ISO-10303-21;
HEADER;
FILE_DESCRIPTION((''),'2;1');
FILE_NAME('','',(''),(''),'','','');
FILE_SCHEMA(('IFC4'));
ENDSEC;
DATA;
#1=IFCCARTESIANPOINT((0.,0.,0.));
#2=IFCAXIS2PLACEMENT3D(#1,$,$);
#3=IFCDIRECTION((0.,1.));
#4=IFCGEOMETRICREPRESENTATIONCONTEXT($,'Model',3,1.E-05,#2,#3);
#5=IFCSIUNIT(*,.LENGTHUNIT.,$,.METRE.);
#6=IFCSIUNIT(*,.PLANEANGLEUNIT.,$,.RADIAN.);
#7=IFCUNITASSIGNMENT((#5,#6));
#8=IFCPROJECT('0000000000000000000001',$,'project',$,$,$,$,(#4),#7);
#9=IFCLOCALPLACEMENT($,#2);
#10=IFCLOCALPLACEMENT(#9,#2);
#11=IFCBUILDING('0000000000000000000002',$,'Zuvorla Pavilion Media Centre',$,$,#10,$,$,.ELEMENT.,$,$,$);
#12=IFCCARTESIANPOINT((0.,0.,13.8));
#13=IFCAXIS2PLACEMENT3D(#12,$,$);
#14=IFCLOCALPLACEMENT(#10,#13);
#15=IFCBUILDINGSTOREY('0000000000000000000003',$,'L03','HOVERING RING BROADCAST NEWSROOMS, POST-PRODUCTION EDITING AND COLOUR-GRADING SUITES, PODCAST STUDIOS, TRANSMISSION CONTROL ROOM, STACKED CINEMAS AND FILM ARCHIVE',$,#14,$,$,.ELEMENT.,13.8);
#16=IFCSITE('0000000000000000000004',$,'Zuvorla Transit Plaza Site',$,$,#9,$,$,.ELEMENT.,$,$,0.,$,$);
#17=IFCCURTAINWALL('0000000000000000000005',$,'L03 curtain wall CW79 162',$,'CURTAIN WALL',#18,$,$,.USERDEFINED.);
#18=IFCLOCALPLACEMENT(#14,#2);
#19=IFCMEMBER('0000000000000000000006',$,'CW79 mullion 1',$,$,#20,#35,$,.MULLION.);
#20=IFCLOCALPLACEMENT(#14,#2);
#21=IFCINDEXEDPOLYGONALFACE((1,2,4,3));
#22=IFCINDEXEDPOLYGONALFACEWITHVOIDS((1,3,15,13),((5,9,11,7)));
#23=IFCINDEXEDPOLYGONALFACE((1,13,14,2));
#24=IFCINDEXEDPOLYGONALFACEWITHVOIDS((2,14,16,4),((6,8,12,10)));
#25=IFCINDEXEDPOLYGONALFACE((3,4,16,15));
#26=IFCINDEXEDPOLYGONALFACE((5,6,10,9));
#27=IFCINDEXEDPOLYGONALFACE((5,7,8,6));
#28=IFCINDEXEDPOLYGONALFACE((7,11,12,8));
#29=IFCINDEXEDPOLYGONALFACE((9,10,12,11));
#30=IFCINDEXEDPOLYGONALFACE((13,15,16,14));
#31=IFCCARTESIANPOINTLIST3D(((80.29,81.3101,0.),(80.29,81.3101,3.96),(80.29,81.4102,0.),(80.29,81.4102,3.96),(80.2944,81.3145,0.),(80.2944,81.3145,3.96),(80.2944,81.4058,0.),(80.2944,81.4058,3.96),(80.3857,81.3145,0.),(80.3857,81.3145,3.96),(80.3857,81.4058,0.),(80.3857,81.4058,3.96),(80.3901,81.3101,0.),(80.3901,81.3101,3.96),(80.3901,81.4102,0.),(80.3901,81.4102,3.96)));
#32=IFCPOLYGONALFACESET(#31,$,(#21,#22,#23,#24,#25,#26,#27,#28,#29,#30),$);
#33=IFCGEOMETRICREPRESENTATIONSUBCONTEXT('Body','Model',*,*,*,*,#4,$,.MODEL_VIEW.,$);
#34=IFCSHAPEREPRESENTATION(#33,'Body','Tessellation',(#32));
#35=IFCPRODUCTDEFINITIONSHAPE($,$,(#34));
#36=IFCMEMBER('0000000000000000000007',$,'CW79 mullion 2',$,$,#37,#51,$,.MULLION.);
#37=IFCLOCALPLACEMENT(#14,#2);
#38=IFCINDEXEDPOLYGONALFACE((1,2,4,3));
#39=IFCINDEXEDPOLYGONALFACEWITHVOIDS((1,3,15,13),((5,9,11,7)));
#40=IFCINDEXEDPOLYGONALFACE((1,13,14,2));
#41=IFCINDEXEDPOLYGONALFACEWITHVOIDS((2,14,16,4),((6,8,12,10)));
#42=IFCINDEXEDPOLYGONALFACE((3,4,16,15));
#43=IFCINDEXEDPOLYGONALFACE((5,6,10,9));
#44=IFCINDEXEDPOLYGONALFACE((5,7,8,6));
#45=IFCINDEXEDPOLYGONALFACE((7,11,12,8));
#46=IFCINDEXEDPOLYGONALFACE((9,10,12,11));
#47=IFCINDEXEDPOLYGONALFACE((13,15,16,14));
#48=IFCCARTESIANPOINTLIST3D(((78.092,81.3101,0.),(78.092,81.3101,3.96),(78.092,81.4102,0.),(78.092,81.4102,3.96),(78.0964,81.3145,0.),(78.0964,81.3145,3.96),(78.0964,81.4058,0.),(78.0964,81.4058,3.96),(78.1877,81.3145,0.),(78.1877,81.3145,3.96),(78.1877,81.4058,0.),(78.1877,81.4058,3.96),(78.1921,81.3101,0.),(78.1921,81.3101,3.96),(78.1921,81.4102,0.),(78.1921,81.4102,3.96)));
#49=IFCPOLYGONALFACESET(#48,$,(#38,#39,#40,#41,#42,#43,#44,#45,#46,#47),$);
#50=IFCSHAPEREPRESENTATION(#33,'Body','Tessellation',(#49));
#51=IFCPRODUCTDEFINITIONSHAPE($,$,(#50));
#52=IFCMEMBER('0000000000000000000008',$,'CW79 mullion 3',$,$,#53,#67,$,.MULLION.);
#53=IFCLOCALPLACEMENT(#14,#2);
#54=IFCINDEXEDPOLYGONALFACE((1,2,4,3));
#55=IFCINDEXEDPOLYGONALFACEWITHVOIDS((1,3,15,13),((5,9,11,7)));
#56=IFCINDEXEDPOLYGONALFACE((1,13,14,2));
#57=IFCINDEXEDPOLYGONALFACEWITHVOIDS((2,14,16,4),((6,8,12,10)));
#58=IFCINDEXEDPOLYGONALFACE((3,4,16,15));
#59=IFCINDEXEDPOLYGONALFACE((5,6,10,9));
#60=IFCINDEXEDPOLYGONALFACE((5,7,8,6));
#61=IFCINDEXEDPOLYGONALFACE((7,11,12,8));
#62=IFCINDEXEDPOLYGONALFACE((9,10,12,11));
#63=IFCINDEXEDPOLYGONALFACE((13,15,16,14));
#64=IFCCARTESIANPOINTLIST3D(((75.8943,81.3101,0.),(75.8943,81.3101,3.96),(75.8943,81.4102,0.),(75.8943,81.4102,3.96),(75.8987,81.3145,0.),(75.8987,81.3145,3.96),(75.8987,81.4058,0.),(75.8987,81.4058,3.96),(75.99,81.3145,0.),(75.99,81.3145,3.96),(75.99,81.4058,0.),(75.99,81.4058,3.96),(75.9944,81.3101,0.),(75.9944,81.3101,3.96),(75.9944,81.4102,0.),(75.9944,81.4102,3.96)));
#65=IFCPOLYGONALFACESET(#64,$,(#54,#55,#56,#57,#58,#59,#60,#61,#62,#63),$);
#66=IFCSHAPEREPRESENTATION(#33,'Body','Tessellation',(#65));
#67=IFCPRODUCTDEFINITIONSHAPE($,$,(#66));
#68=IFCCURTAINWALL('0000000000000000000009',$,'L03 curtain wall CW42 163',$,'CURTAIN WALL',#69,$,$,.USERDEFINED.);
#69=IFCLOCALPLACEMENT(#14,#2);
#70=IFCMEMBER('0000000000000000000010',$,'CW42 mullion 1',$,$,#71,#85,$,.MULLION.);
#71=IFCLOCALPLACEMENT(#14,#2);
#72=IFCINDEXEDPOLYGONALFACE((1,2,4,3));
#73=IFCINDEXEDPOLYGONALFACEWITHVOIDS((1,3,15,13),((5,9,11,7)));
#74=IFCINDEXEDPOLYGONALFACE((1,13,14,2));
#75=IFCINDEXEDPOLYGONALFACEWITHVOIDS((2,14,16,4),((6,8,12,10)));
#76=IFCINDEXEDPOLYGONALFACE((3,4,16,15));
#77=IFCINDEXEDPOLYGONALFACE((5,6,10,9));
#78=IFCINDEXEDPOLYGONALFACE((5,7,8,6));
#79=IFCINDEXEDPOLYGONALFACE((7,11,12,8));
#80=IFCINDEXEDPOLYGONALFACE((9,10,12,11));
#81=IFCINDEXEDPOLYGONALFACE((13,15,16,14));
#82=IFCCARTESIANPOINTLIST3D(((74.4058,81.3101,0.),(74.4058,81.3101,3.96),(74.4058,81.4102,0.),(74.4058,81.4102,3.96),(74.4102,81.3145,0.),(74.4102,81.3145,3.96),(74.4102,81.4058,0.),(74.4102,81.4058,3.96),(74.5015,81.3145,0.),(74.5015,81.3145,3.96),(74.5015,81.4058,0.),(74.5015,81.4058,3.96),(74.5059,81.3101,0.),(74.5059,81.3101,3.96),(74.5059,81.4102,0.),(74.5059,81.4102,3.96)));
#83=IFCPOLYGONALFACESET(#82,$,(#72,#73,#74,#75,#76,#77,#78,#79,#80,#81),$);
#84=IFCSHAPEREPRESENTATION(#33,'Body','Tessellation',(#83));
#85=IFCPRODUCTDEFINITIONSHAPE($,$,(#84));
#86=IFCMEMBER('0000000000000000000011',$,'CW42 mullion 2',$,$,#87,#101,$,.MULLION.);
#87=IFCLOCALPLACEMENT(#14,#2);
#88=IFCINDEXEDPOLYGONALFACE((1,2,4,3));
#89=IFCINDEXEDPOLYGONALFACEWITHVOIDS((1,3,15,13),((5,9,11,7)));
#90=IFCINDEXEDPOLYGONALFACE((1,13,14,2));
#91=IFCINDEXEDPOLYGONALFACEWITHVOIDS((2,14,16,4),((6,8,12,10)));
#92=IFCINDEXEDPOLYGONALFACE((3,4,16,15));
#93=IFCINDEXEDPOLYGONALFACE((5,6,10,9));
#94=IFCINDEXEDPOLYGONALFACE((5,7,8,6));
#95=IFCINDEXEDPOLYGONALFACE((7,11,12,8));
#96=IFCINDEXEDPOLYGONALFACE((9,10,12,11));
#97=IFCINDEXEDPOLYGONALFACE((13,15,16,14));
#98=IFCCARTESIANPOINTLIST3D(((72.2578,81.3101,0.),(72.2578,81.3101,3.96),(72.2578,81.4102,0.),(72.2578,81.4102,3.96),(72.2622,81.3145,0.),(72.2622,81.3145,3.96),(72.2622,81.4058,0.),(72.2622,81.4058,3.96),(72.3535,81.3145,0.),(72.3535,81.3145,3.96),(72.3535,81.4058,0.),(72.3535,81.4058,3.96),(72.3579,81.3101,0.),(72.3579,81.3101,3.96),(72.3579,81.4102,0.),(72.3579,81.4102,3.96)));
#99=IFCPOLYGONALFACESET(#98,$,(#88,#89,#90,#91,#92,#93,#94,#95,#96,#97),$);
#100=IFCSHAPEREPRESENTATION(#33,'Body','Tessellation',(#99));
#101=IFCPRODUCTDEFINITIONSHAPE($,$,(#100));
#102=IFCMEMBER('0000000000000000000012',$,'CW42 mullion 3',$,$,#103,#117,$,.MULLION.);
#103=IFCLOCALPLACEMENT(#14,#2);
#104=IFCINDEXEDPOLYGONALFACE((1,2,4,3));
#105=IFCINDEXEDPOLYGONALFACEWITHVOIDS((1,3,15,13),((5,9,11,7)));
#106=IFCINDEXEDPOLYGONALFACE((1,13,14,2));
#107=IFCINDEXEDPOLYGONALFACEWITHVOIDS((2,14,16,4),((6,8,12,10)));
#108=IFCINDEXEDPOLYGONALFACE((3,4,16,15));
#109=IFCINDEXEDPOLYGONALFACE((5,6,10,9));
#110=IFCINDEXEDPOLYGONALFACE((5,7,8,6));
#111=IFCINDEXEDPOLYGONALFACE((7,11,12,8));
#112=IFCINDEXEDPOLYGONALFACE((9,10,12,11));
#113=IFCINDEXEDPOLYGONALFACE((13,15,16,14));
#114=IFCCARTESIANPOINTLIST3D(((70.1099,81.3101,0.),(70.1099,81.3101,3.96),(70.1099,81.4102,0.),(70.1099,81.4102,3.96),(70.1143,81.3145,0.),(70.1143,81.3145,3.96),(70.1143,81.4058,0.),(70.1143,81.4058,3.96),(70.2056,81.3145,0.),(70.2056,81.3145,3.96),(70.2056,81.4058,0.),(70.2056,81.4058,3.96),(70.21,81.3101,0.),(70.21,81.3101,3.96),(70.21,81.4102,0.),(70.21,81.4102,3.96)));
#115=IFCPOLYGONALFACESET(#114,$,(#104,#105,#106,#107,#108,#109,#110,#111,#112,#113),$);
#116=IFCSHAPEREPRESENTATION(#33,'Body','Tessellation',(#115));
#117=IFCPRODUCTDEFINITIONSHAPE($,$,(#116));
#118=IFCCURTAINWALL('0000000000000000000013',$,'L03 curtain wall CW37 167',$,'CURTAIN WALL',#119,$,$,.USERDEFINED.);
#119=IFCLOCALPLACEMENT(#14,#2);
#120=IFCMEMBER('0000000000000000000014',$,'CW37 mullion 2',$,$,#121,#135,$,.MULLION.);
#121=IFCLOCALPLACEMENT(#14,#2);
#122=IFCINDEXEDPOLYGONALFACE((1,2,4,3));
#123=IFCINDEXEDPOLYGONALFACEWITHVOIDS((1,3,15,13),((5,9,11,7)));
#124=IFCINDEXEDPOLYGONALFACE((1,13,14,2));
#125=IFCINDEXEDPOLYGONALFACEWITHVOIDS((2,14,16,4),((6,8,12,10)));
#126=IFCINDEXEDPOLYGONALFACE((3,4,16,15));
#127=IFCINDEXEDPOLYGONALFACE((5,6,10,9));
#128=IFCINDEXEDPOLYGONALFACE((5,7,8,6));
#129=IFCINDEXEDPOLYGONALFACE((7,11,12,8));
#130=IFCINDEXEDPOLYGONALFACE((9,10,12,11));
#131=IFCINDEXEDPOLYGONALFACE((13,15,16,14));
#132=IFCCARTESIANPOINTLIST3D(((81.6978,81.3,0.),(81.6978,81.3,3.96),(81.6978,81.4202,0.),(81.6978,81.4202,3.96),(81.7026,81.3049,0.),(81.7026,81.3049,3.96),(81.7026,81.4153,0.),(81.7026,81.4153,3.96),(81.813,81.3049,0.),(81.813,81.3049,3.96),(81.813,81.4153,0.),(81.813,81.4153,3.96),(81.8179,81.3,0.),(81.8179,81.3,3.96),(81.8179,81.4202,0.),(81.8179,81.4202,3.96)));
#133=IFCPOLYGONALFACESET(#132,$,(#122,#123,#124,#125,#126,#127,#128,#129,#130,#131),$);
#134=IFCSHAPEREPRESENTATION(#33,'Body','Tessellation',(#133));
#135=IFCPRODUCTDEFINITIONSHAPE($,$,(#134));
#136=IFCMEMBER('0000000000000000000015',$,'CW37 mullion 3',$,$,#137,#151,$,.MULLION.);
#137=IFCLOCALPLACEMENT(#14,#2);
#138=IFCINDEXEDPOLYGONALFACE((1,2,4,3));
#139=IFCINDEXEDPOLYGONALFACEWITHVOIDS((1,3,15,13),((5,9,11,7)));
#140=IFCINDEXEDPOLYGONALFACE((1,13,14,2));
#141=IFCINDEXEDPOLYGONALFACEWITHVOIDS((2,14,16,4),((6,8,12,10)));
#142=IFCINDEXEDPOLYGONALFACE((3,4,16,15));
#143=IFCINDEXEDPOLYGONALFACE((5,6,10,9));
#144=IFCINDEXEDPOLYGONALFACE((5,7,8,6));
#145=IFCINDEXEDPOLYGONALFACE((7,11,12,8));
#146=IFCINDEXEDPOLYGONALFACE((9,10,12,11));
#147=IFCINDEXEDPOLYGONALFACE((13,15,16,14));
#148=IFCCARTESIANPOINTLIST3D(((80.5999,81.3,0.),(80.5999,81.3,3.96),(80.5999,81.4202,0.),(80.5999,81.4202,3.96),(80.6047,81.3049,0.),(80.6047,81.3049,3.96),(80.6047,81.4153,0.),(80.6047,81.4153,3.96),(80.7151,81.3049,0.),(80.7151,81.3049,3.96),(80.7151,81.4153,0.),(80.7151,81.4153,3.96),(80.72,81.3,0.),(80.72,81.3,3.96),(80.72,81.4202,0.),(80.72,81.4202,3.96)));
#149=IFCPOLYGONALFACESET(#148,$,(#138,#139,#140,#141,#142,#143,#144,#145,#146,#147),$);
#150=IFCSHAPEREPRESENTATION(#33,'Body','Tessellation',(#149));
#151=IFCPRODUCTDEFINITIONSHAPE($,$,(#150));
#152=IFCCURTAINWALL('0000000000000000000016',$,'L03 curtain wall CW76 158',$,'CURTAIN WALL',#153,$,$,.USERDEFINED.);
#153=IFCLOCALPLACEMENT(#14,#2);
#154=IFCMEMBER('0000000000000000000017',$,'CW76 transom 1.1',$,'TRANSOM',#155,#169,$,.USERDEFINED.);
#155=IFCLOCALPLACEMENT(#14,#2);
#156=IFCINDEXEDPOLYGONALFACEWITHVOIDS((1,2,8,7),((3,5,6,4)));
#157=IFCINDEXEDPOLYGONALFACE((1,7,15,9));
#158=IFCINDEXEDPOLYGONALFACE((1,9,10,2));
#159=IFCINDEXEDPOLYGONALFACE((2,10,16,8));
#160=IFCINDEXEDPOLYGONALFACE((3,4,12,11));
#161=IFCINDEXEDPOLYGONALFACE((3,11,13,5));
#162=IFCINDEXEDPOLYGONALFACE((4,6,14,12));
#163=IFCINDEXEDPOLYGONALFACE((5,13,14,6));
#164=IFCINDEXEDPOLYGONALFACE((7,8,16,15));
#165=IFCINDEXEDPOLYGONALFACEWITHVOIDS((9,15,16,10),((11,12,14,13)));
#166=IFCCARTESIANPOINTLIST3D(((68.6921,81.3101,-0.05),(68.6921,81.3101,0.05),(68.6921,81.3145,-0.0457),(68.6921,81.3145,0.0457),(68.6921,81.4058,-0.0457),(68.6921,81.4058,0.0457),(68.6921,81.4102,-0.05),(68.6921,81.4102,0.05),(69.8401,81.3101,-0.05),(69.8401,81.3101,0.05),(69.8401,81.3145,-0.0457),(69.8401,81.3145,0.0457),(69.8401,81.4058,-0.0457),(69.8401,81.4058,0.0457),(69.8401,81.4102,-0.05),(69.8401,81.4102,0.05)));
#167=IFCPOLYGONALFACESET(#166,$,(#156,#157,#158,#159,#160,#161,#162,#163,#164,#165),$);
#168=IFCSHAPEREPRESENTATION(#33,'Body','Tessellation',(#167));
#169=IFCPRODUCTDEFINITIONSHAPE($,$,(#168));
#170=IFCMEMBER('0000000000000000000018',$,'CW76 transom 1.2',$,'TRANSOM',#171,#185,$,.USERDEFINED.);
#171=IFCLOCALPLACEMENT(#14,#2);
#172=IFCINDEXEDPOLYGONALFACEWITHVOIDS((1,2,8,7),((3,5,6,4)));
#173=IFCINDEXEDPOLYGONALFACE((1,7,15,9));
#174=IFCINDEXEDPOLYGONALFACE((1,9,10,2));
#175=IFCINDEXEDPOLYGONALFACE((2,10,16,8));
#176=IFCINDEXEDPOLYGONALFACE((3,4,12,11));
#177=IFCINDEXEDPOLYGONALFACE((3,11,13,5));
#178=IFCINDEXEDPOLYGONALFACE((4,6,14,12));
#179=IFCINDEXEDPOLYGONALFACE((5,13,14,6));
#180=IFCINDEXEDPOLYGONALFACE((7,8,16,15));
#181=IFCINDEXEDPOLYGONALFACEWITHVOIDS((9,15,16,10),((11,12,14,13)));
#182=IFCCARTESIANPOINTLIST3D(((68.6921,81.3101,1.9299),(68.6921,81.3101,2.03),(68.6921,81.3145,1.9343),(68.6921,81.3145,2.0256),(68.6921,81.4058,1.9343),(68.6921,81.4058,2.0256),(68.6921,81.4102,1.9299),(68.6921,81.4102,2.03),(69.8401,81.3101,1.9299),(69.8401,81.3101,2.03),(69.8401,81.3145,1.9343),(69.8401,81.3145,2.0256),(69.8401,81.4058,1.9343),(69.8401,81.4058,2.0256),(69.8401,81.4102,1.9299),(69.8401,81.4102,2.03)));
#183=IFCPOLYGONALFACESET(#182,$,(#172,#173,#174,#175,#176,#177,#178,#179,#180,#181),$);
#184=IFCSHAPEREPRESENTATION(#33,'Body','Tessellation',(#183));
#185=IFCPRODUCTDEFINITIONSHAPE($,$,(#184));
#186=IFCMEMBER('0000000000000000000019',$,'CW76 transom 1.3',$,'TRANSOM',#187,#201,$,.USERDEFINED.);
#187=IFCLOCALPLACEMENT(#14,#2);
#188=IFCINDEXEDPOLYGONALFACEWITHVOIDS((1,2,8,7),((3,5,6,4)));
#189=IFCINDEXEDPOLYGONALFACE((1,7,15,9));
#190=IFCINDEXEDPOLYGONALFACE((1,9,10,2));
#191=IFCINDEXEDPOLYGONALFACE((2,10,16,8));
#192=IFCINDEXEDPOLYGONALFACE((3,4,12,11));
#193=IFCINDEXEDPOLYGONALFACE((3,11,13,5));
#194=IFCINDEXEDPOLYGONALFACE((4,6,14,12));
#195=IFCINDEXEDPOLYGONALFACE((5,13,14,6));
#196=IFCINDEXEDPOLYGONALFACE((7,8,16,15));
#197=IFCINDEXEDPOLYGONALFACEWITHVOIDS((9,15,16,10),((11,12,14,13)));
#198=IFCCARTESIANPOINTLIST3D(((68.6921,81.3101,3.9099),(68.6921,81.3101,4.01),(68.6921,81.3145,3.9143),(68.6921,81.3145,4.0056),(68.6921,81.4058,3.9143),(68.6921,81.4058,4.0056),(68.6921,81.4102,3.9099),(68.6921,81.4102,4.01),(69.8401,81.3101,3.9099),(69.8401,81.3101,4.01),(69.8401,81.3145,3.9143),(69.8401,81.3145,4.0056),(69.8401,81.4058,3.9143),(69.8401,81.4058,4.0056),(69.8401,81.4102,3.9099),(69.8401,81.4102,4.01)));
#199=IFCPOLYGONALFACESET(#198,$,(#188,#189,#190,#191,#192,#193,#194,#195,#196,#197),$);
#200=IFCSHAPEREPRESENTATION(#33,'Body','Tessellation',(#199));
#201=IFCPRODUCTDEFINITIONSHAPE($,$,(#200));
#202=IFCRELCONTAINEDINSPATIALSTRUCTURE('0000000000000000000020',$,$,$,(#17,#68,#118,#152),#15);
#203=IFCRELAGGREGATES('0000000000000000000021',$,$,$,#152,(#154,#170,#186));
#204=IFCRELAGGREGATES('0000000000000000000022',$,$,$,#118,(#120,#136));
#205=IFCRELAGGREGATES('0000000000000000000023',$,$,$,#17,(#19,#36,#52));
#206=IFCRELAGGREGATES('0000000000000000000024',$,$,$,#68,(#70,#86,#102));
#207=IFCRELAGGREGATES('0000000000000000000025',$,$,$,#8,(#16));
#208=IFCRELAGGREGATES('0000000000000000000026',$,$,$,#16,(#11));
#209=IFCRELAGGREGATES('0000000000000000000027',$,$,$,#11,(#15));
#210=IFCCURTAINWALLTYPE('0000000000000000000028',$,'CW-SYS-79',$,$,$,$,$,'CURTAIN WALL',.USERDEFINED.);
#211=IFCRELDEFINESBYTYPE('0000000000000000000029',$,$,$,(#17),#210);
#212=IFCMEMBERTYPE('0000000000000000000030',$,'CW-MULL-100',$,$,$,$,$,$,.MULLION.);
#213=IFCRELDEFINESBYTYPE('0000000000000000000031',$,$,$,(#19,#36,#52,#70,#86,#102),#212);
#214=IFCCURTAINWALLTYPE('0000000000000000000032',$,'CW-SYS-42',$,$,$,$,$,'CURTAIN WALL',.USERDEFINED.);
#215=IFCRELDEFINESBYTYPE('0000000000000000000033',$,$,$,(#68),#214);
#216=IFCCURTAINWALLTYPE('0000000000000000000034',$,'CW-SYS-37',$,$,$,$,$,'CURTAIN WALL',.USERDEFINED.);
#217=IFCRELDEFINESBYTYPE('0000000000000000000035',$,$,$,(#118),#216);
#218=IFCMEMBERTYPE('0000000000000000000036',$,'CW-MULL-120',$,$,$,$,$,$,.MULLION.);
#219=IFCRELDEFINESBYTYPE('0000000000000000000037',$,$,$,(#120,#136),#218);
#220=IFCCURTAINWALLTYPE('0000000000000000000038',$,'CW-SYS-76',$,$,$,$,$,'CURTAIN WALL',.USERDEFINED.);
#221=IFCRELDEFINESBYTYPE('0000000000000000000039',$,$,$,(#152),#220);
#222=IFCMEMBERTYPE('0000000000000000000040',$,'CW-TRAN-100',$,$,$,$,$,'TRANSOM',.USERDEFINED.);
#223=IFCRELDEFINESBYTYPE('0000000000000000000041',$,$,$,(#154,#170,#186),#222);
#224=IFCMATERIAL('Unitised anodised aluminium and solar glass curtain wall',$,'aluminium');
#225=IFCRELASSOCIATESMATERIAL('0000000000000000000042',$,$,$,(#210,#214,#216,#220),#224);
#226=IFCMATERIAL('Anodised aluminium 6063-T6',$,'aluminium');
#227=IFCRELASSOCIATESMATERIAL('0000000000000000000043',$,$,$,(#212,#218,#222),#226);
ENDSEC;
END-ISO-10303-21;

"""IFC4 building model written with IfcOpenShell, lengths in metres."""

from ifc_helpers import new_model, si_unit, direction, frame, origin, origin_2d, place, context, subcontext, project, spatial, hollow_rectangle, extrude, material, material_profile, profile_set, type_object, element, aggregate, save


model = new_model("IFC4")

# Units and contexts
model_context = context("Model", 3, precision=1e-05, world=origin(), true_north=direction((0.0, 1.0)))
body_context = subcontext(model_context, "Body", "Model", "MODEL_VIEW")
ifc_project = project(units=[si_unit("LENGTHUNIT", "METRE"), si_unit("PLANEANGLEUNIT", "RADIAN")], contexts=[model_context])

# Site, building, storey
site_placement = place(None, origin())
site = spatial("IfcSite", under=ifc_project, at=site_placement, Name="Zuvorla Transit Plaza Site", CompositionType="ELEMENT", RefElevation=0.0)
building_placement = place(site_placement, origin())
building = spatial("IfcBuilding", under=site, at=building_placement, Name="Zuvorla Pavilion Media Centre", CompositionType="ELEMENT")
storey_placement = place(building_placement, frame((0.0, 0.0, 13.8)))
storey = spatial("IfcBuildingStorey", under=building, at=storey_placement, Name="L03", Description="HOVERING RING BROADCAST NEWSROOMS, POST-PRODUCTION EDITING AND COLOUR-GRADING SUITES, PODCAST STUDIOS, TRANSMISSION CONTROL ROOM, STACKED CINEMAS AND FILM ARCHIVE", CompositionType="ELEMENT", Elevation=13.8)

# Curtain walls, members
ifc_material_1 = material(Name="Unitised anodised aluminium and solar glass curtain wall", Category="aluminium")
curtain_wall_type_1 = type_object("IfcCurtainWallType", Name="CW-SYS-79", ElementType="CURTAIN WALL", PredefinedType="USERDEFINED", material=ifc_material_1)
curtain_wall_1_placement = place(storey_placement, origin())
curtain_wall_1 = element("IfcCurtainWall", 1, at=curtain_wall_1_placement, inside=storey, type_object=curtain_wall_type_1, Name="L03 curtain wall CW79 162", ObjectType="CURTAIN WALL", PredefinedType="USERDEFINED")
ifc_material_2 = material(Name="Anodised aluminium 6063-T6", Category="aluminium")
ifc_material_profile_1 = material_profile(ifc_material_2, hollow_rectangle(XDim=0.1001, YDim=0.1001, WallThickness=0.0044, at=origin_2d()), Name="ALU MULL 100x100")
ifc_profile_set_1 = profile_set([ifc_material_profile_1], Name="Anodised aluminium 6063-T6")
member_type_1 = type_object("IfcMemberType", Name="CW-MULL-100", PredefinedType="MULLION", material=ifc_profile_set_1)
member_1_placement = place(storey_placement, frame((80.3401, 81.3601, 0.0), z_axis=(0.0, 0.0, 1.0), x_axis=(1.0, 0.0, 0.0)))
member_1 = element("IfcMember", 2, at=member_1_placement, type_object=member_type_1, Name="CW79 mullion 1", PredefinedType="MULLION", context=body_context, shape_type="SweptSolid", body=[
    extrude(hollow_rectangle(XDim=0.1001, YDim=0.1001, WallThickness=0.0044, at=origin_2d()), origin(), (0.0, 0.0, 1.0), 3.96),
])
member_2_placement = place(storey_placement, frame((78.1421, 81.3601, 0.0), z_axis=(0.0, 0.0, 1.0), x_axis=(1.0, 0.0, 0.0)))
member_2 = element("IfcMember", 3, at=member_2_placement, type_object=member_type_1, Name="CW79 mullion 2", PredefinedType="MULLION", context=body_context, shape_type="SweptSolid", body=[
    extrude(hollow_rectangle(XDim=0.1001, YDim=0.1001, WallThickness=0.0044, at=origin_2d()), origin(), (0.0, 0.0, 1.0), 3.96),
])
member_3_placement = place(storey_placement, frame((75.9443, 81.3601, 0.0), z_axis=(0.0, 0.0, 1.0), x_axis=(1.0, 0.0, 0.0)))
member_3 = element("IfcMember", 4, at=member_3_placement, type_object=member_type_1, Name="CW79 mullion 3", PredefinedType="MULLION", context=body_context, shape_type="SweptSolid", body=[
    extrude(hollow_rectangle(XDim=0.1001, YDim=0.1001, WallThickness=0.0044, at=origin_2d()), origin(), (0.0, 0.0, 1.0), 3.96),
])
curtain_wall_type_2 = type_object("IfcCurtainWallType", Name="CW-SYS-42", ElementType="CURTAIN WALL", PredefinedType="USERDEFINED", material=ifc_material_1)
curtain_wall_2_placement = place(storey_placement, origin())
curtain_wall_2 = element("IfcCurtainWall", 5, at=curtain_wall_2_placement, inside=storey, type_object=curtain_wall_type_2, Name="L03 curtain wall CW42 163", ObjectType="CURTAIN WALL", PredefinedType="USERDEFINED")
member_4_placement = place(storey_placement, frame((74.4558, 81.3601, 0.0), z_axis=(0.0, 0.0, 1.0), x_axis=(1.0, 0.0, 0.0)))
member_4 = element("IfcMember", 6, at=member_4_placement, type_object=member_type_1, Name="CW42 mullion 1", PredefinedType="MULLION", context=body_context, shape_type="SweptSolid", body=[
    extrude(hollow_rectangle(XDim=0.1001, YDim=0.1001, WallThickness=0.0044, at=origin_2d()), origin(), (0.0, 0.0, 1.0), 3.96),
])
member_5_placement = place(storey_placement, frame((72.3079, 81.3601, 0.0), z_axis=(0.0, 0.0, 1.0), x_axis=(1.0, 0.0, 0.0)))
member_5 = element("IfcMember", 7, at=member_5_placement, type_object=member_type_1, Name="CW42 mullion 2", PredefinedType="MULLION", context=body_context, shape_type="SweptSolid", body=[
    extrude(hollow_rectangle(XDim=0.1001, YDim=0.1001, WallThickness=0.0044, at=origin_2d()), origin(), (0.0, 0.0, 1.0), 3.96),
])
member_6_placement = place(storey_placement, frame((70.1599, 81.3601, 0.0), z_axis=(0.0, 0.0, 1.0), x_axis=(1.0, 0.0, 0.0)))
member_6 = element("IfcMember", 8, at=member_6_placement, type_object=member_type_1, Name="CW42 mullion 3", PredefinedType="MULLION", context=body_context, shape_type="SweptSolid", body=[
    extrude(hollow_rectangle(XDim=0.1001, YDim=0.1001, WallThickness=0.0044, at=origin_2d()), origin(), (0.0, 0.0, 1.0), 3.96),
])
curtain_wall_type_3 = type_object("IfcCurtainWallType", Name="CW-SYS-37", ElementType="CURTAIN WALL", PredefinedType="USERDEFINED", material=ifc_material_1)
curtain_wall_3_placement = place(storey_placement, origin())
curtain_wall_3 = element("IfcCurtainWall", 9, at=curtain_wall_3_placement, inside=storey, type_object=curtain_wall_type_3, Name="L03 curtain wall CW37 167", ObjectType="CURTAIN WALL", PredefinedType="USERDEFINED")
ifc_material_profile_2 = material_profile(ifc_material_2, hollow_rectangle(XDim=0.1201, YDim=0.1201, WallThickness=0.0049, at=origin_2d()), Name="ALU MULL 120x120")
ifc_profile_set_2 = profile_set([ifc_material_profile_2], Name="Anodised aluminium 6063-T6")
member_type_2 = type_object("IfcMemberType", Name="CW-MULL-120", PredefinedType="MULLION", material=ifc_profile_set_2)
member_7_placement = place(storey_placement, frame((81.7578, 81.3601, 0.0), z_axis=(0.0, 0.0, 1.0), x_axis=(1.0, 0.0, 0.0)))
member_7 = element("IfcMember", 10, at=member_7_placement, type_object=member_type_2, Name="CW37 mullion 2", PredefinedType="MULLION", context=body_context, shape_type="SweptSolid", body=[
    extrude(hollow_rectangle(XDim=0.1201, YDim=0.1201, WallThickness=0.0049, at=origin_2d()), origin(), (0.0, 0.0, 1.0), 3.96),
])
member_8_placement = place(storey_placement, frame((80.6599, 81.3601, 0.0), z_axis=(0.0, 0.0, 1.0), x_axis=(1.0, 0.0, 0.0)))
member_8 = element("IfcMember", 11, at=member_8_placement, type_object=member_type_2, Name="CW37 mullion 3", PredefinedType="MULLION", context=body_context, shape_type="SweptSolid", body=[
    extrude(hollow_rectangle(XDim=0.1201, YDim=0.1201, WallThickness=0.0049, at=origin_2d()), origin(), (0.0, 0.0, 1.0), 3.96),
])
curtain_wall_type_4 = type_object("IfcCurtainWallType", Name="CW-SYS-76", ElementType="CURTAIN WALL", PredefinedType="USERDEFINED", material=ifc_material_1)
curtain_wall_4_placement = place(storey_placement, origin())
curtain_wall_4 = element("IfcCurtainWall", 12, at=curtain_wall_4_placement, inside=storey, type_object=curtain_wall_type_4, Name="L03 curtain wall CW76 158", ObjectType="CURTAIN WALL", PredefinedType="USERDEFINED")
ifc_material_profile_3 = material_profile(ifc_material_2, hollow_rectangle(XDim=0.1001, YDim=0.1001, WallThickness=0.0044, at=origin_2d()), Name="ALU TRAN 100x100")
ifc_profile_set_3 = profile_set([ifc_material_profile_3], Name="Anodised aluminium 6063-T6")
member_type_3 = type_object("IfcMemberType", Name="CW-TRAN-100", ElementType="TRANSOM", PredefinedType="USERDEFINED", material=ifc_profile_set_3)
member_9_placement = place(storey_placement, frame((69.8401, 81.3601, 0.0), z_axis=(-1.0, 0.0, 0.0), x_axis=(0.0, -1.0, 0.0)))
member_9 = element("IfcMember", 13, at=member_9_placement, type_object=member_type_3, Name="CW76 transom 1.1", ObjectType="TRANSOM", PredefinedType="USERDEFINED", context=body_context, shape_type="SweptSolid", body=[
    extrude(hollow_rectangle(XDim=0.1001, YDim=0.1001, WallThickness=0.0044, at=origin_2d()), origin(), (0.0, 0.0, 1.0), 1.1479),
])
member_10_placement = place(storey_placement, frame((69.8401, 81.3601, 1.98), z_axis=(-1.0, 0.0, 0.0), x_axis=(0.0, -1.0, 0.0)))
member_10 = element("IfcMember", 14, at=member_10_placement, type_object=member_type_3, Name="CW76 transom 1.2", ObjectType="TRANSOM", PredefinedType="USERDEFINED", context=body_context, shape_type="SweptSolid", body=[
    extrude(hollow_rectangle(XDim=0.1001, YDim=0.1001, WallThickness=0.0044, at=origin_2d()), origin(), (0.0, 0.0, 1.0), 1.1479),
])
member_11_placement = place(storey_placement, frame((69.8401, 81.3601, 3.96), z_axis=(-1.0, 0.0, 0.0), x_axis=(0.0, -1.0, 0.0)))
member_11 = element("IfcMember", 15, at=member_11_placement, type_object=member_type_3, Name="CW76 transom 1.3", ObjectType="TRANSOM", PredefinedType="USERDEFINED", context=body_context, shape_type="SweptSolid", body=[
    extrude(hollow_rectangle(XDim=0.1001, YDim=0.1001, WallThickness=0.0044, at=origin_2d()), origin(), (0.0, 0.0, 1.0), 1.1479),
])
aggregate(curtain_wall_4, [member_9, member_10, member_11])

aggregate(curtain_wall_3, [member_7, member_8])
aggregate(curtain_wall_1, [member_1, member_2, member_3])
aggregate(curtain_wall_2, [member_4, member_5, member_6])

save(model, "model.ifc")
